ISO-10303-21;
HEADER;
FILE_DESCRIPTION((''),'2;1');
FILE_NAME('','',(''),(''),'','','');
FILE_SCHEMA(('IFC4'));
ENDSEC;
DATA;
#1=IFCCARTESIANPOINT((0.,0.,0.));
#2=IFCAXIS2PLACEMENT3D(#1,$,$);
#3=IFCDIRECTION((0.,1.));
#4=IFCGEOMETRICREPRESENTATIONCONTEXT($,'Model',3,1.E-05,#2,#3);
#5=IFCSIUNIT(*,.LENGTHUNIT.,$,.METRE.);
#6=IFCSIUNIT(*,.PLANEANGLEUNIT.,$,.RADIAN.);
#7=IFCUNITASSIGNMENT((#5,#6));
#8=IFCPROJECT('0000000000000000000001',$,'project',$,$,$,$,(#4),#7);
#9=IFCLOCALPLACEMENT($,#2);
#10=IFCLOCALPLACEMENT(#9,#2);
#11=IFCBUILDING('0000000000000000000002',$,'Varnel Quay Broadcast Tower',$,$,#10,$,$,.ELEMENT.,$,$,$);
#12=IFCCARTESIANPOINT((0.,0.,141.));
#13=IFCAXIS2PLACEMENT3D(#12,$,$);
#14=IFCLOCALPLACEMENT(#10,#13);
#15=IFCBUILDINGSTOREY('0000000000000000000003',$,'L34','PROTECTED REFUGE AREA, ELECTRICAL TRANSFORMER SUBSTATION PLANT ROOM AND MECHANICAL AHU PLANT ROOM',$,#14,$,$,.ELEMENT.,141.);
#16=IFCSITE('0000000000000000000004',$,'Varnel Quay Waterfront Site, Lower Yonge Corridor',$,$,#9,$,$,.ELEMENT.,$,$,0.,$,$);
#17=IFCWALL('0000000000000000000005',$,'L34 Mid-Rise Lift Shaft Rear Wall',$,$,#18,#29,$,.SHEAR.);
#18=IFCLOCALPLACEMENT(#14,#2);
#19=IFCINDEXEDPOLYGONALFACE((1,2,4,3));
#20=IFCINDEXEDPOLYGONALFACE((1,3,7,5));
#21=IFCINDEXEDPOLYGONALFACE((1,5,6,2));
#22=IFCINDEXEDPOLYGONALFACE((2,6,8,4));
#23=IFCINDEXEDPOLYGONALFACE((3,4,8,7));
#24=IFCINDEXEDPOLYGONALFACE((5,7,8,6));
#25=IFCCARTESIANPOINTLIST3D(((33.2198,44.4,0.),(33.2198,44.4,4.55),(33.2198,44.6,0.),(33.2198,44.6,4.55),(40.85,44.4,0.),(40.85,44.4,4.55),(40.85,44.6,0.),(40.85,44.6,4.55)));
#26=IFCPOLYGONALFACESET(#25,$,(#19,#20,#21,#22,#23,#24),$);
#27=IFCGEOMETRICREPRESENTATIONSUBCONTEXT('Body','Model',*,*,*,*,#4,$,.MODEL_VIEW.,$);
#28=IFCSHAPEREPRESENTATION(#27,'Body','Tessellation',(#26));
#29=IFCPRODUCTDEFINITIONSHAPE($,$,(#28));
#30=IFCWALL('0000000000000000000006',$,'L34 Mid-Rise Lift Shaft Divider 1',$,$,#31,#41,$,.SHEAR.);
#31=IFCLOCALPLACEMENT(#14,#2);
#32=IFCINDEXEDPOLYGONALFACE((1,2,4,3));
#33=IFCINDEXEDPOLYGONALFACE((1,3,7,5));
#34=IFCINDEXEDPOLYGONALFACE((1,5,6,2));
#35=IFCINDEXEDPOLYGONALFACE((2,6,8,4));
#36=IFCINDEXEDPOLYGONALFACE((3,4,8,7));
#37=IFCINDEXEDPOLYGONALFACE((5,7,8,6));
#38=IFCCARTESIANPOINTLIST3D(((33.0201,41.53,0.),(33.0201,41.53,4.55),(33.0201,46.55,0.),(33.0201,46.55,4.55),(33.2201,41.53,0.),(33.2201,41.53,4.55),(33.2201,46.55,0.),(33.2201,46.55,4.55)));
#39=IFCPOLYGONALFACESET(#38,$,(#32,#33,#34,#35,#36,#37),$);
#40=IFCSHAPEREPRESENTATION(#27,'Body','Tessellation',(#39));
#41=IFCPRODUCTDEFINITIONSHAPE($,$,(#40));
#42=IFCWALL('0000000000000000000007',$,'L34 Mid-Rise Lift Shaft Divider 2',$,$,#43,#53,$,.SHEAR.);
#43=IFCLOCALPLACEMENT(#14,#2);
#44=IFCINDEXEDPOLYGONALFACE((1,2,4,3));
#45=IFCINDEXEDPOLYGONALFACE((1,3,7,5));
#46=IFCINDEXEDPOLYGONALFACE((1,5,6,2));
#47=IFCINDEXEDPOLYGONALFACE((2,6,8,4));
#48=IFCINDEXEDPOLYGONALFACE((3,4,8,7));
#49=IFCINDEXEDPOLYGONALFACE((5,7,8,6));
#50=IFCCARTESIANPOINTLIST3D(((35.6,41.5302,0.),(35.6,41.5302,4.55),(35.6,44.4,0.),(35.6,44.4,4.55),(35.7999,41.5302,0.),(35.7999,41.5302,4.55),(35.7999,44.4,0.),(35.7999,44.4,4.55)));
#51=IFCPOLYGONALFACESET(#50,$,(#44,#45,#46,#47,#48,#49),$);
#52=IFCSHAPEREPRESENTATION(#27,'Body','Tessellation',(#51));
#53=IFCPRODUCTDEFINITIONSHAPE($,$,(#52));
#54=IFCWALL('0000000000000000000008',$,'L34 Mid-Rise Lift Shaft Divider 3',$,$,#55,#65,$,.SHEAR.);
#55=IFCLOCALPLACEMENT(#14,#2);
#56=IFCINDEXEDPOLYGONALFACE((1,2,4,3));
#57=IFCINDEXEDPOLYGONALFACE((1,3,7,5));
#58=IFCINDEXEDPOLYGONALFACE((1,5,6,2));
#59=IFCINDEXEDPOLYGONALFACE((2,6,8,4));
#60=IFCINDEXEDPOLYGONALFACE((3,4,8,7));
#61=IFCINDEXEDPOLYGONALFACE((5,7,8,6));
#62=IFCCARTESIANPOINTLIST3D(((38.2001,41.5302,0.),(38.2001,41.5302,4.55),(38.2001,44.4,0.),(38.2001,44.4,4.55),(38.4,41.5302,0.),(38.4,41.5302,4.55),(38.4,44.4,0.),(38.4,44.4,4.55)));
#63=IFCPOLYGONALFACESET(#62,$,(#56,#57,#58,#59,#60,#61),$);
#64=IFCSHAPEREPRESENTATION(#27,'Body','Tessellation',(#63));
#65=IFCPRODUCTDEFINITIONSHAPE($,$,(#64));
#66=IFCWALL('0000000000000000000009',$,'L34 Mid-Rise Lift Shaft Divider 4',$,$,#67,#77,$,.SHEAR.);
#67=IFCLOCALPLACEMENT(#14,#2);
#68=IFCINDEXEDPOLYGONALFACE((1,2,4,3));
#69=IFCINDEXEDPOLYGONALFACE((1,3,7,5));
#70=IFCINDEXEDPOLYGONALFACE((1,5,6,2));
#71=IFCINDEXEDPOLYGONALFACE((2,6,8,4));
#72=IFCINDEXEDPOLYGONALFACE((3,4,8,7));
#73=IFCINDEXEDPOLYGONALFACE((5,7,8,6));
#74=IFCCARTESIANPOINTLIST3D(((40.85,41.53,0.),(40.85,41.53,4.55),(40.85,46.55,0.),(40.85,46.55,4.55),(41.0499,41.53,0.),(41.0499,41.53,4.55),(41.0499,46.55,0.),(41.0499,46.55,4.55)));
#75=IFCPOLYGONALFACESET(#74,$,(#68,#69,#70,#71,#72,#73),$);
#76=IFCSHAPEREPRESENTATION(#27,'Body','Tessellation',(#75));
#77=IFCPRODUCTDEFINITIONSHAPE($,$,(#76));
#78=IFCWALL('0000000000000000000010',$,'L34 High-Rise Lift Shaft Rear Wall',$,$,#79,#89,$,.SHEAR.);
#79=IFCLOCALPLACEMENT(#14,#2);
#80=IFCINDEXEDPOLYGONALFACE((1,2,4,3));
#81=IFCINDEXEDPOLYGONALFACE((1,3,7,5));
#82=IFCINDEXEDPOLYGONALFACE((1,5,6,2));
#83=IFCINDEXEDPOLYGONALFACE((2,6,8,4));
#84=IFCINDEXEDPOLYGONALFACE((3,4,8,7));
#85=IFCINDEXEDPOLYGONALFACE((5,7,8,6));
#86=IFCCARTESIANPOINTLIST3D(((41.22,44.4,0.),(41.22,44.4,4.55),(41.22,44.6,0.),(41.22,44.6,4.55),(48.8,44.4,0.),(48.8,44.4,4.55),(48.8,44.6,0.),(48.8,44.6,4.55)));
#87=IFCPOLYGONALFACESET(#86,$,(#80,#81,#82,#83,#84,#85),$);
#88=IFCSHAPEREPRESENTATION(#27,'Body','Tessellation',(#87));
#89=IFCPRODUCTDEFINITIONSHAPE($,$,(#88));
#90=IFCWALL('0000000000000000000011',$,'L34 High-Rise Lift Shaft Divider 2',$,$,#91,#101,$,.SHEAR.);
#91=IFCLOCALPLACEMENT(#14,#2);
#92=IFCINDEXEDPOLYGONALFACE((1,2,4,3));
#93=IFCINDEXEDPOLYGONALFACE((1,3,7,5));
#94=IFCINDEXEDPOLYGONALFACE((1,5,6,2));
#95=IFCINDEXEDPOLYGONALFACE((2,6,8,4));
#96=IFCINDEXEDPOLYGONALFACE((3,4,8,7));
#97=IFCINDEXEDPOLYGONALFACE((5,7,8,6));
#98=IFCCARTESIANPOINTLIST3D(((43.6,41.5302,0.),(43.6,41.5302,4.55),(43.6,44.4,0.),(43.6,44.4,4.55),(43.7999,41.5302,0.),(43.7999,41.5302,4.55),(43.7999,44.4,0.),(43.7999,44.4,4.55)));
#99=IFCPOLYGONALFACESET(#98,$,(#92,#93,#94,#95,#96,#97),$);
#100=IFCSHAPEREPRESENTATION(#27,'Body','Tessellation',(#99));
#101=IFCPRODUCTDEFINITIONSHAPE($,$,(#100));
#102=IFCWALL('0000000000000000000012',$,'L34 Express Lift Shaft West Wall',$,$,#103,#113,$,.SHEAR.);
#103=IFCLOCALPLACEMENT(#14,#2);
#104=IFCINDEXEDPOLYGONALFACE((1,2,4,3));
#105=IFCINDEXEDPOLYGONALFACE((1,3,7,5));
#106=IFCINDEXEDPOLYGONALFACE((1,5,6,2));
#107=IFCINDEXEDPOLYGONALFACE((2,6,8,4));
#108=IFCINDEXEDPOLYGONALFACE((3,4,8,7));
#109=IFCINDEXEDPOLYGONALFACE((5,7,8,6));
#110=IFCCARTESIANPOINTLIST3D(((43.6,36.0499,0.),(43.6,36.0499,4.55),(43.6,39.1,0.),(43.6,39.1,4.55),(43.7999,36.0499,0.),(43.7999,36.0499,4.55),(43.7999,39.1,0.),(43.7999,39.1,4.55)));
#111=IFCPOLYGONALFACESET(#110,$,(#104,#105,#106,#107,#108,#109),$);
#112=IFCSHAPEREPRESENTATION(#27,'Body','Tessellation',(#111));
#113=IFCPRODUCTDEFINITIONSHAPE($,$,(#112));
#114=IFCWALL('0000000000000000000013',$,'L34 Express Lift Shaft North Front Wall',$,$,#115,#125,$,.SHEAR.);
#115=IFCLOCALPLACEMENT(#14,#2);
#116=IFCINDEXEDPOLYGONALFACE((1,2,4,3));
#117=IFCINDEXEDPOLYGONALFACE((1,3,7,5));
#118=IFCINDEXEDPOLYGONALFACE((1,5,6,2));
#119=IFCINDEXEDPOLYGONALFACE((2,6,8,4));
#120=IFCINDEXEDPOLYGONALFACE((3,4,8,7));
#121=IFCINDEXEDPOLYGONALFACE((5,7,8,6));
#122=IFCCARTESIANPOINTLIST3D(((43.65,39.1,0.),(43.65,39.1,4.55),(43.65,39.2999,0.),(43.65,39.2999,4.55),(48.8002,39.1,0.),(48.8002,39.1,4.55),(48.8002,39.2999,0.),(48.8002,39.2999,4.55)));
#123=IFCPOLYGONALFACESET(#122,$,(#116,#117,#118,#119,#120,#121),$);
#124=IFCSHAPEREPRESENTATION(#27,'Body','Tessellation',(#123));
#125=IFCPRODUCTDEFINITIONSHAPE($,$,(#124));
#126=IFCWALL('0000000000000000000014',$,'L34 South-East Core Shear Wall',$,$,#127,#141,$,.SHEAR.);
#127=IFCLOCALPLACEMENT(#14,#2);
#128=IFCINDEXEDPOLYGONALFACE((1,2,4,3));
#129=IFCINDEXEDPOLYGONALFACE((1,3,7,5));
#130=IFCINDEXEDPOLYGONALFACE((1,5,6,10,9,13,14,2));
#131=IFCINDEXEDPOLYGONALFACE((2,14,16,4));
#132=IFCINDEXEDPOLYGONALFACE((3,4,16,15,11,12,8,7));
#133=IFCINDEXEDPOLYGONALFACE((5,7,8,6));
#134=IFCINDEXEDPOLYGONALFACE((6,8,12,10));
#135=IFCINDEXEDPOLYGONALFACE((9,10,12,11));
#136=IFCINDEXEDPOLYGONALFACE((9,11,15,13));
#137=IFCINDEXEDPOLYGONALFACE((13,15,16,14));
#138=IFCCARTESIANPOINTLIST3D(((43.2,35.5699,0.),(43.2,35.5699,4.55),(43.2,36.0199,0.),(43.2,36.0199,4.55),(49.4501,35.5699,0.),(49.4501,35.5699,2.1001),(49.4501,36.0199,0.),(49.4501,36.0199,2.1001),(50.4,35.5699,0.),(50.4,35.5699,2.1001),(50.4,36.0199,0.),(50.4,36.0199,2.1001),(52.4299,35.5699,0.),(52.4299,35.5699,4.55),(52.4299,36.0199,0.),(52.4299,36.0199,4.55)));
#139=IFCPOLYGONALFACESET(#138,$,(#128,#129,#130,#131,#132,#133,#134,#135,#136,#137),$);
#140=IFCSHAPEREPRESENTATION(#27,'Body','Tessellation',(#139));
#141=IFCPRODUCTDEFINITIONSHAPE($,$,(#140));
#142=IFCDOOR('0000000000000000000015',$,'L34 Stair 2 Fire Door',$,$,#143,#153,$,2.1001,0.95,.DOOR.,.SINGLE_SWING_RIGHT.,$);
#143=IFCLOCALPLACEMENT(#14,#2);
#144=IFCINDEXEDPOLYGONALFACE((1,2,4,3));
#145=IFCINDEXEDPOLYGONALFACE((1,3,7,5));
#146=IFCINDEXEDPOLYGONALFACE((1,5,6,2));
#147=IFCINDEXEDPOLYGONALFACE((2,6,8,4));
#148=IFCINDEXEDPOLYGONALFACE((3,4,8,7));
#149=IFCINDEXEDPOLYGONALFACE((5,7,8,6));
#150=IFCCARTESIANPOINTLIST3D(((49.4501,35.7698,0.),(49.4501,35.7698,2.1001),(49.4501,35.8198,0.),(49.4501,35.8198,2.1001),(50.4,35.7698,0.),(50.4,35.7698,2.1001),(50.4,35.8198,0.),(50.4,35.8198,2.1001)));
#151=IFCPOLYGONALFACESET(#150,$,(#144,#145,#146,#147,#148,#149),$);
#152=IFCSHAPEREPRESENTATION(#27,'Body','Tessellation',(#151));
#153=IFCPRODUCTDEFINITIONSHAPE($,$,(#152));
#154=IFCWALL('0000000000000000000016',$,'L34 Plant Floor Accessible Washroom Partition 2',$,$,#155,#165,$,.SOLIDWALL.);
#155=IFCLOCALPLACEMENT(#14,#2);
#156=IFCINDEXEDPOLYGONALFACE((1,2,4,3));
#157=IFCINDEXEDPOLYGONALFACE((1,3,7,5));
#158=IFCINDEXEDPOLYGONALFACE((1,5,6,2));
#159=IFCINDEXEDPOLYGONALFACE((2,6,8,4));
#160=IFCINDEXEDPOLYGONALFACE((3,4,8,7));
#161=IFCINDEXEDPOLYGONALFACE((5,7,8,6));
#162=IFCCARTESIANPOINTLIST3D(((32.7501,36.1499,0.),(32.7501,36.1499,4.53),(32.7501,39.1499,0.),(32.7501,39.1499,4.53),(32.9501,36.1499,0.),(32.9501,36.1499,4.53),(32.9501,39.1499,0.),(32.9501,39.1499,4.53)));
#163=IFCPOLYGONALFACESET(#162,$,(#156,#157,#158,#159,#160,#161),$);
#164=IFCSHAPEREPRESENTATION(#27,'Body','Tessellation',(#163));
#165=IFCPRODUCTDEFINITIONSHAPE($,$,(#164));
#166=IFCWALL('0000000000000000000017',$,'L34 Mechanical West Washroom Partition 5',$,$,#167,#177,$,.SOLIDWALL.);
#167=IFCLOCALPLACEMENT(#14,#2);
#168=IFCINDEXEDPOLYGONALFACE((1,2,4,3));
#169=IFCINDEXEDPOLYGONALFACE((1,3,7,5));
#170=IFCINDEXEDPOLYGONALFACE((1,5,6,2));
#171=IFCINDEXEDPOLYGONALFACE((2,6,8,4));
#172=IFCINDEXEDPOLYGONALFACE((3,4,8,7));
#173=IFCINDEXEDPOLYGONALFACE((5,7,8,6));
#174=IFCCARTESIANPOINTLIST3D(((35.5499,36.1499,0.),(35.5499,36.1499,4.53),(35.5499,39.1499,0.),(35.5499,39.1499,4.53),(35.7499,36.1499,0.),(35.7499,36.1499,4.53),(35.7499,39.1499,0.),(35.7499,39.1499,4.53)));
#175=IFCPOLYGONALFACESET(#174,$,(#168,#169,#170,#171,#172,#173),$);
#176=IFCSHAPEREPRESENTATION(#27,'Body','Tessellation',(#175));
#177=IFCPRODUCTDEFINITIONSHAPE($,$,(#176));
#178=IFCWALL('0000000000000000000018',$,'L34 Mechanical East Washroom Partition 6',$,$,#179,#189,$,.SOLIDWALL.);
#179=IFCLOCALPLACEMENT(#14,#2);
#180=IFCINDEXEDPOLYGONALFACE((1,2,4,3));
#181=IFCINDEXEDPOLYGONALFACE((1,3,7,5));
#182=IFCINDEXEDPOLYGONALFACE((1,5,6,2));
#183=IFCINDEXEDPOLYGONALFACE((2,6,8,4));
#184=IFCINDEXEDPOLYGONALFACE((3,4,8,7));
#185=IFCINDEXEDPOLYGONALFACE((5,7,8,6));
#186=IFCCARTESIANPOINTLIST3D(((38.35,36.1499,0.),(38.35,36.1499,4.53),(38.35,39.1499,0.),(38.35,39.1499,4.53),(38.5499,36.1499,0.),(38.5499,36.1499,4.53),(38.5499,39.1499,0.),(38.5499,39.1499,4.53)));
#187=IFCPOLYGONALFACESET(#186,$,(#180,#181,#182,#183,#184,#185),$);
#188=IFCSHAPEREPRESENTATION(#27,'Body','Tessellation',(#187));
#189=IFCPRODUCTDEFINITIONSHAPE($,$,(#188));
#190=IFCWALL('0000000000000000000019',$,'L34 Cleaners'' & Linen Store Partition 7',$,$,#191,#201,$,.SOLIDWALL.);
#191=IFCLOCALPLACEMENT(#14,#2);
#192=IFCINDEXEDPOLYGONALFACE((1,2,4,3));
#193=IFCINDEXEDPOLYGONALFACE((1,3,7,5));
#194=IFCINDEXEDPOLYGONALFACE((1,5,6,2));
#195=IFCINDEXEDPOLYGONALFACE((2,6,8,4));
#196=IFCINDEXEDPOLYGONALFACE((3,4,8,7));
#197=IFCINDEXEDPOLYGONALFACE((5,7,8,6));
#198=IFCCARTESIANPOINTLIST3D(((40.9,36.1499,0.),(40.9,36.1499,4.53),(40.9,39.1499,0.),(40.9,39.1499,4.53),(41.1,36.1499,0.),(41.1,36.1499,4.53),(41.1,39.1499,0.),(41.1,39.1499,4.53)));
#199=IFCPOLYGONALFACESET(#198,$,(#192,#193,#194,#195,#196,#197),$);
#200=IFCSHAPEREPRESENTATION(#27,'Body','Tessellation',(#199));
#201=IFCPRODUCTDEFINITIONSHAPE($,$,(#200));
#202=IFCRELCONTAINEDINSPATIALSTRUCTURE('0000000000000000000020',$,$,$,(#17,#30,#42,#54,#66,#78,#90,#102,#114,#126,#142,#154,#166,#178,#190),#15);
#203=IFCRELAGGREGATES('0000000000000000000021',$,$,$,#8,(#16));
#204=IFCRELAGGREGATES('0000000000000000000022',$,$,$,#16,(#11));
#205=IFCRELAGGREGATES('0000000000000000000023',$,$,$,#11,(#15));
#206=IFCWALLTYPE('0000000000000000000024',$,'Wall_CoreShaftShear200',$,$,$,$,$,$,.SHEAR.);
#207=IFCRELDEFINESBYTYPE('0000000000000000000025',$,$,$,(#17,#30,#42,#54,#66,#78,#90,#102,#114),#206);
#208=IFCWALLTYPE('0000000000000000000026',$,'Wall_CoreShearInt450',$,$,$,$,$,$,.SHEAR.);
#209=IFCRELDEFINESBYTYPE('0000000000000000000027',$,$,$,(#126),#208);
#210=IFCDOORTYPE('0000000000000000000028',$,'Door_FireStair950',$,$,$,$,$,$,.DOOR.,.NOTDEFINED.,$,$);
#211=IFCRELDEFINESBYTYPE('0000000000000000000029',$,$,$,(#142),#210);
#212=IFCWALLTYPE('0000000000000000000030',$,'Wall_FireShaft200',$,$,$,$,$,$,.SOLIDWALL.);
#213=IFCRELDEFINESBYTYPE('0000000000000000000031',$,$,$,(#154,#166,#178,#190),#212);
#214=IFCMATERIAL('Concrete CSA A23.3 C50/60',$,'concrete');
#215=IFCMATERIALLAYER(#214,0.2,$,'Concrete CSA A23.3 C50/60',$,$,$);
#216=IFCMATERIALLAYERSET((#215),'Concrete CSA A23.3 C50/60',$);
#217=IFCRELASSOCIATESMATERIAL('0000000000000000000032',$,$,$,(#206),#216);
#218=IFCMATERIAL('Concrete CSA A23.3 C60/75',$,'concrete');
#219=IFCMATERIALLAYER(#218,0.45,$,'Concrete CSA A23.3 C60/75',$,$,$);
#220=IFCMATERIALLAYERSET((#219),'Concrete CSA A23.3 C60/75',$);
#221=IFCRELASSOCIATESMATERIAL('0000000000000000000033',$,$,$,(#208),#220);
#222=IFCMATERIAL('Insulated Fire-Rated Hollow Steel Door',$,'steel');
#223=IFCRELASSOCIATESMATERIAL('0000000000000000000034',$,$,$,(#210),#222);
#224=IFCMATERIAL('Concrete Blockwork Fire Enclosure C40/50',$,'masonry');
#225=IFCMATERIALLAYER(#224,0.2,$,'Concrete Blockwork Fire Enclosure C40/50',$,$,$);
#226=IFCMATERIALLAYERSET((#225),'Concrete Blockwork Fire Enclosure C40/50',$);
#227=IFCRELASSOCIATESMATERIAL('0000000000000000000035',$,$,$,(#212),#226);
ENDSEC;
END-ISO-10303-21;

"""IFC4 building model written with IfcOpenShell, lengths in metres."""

from ifc_helpers import new_model, si_unit, direction, frame, frame_2d, origin, place, context, subcontext, project, spatial, rectangle, extrude, source, transform, mapped, material, layer, layer_set, type_object, type_shapes, element, fill, save


model = new_model("IFC4")

# Units and contexts
model_context = context("Model", 3, precision=1e-05, world=origin(), true_north=direction((0.0, 1.0)))
body_context = subcontext(model_context, "Body", "Model", "MODEL_VIEW")
ifc_project = project(units=[si_unit("LENGTHUNIT", "METRE"), si_unit("PLANEANGLEUNIT", "RADIAN")], contexts=[model_context])

# Site, building, storey
site_placement = place(None, origin())
site = spatial("IfcSite", under=ifc_project, at=site_placement, Name="Varnel Quay Waterfront Site, Lower Yonge Corridor", CompositionType="ELEMENT", RefElevation=0.0)
building_placement = place(site_placement, origin())
building = spatial("IfcBuilding", under=site, at=building_placement, Name="Varnel Quay Broadcast Tower", CompositionType="ELEMENT")
storey_placement = place(building_placement, frame((0.0, 0.0, 141.0)))
storey = spatial("IfcBuildingStorey", under=building, at=storey_placement, Name="L34", Description="PROTECTED REFUGE AREA, ELECTRICAL TRANSFORMER SUBSTATION PLANT ROOM AND MECHANICAL AHU PLANT ROOM", CompositionType="ELEMENT", Elevation=141.0)

# Shared definitions
ifc_material_1 = material(Name="Concrete CSA A23.3 C60/75", Category="concrete")

# Walls
ifc_material_2 = material(Name="Concrete CSA A23.3 C50/60", Category="concrete")
ifc_layer_1 = layer(ifc_material_2, 0.2, Name="Concrete CSA A23.3 C50/60")
ifc_layer_set_1 = layer_set([ifc_layer_1], Name="Concrete CSA A23.3 C50/60")
wall_type_1 = type_object("IfcWallType", Name="Wall_CoreShaftShear200", PredefinedType="SHEAR", material=ifc_layer_set_1)
wall_1_placement = place(storey_placement, frame((33.22, 44.5, 0.0), z_axis=(0.0, 0.0, 1.0), x_axis=(1.0, 0.0, 0.0)))
element("IfcWall", 1, at=wall_1_placement, inside=storey, type_object=wall_type_1, Name="L34 Mid-Rise Lift Shaft Rear Wall", PredefinedType="SHEAR", context=body_context, shape_type="SweptSolid", body=[
    extrude(rectangle(XDim=7.6301, YDim=0.2, at=frame_2d((3.8149, 0.0))), origin(), (0.0, 0.0, 1.0), 4.55),
])
wall_2_placement = place(storey_placement, frame((33.1201, 41.53, 0.0), z_axis=(0.0, 0.0, 1.0), x_axis=(0.0, 1.0, 0.0)))
element("IfcWall", 2, at=wall_2_placement, inside=storey, type_object=wall_type_1, Name="L34 Mid-Rise Lift Shaft Divider 1", PredefinedType="SHEAR", context=body_context, shape_type="SweptSolid", body=[
    extrude(rectangle(XDim=5.02, YDim=0.2, at=frame_2d((2.51, 0.0))), origin(), (0.0, 0.0, 1.0), 4.55),
])
for number, where, z_axis, x_axis, name in (
    (3, (35.7, 41.53, 0.0), (0.0, 0.0, 1.0), (0.0, 1.0, 0.0), "L34 Mid-Rise Lift Shaft Divider 2"),
    (4, (38.3, 41.53, 0.0), (0.0, 0.0, 1.0), (0.0, 1.0, 0.0), "L34 Mid-Rise Lift Shaft Divider 3"),
):
    element("IfcWall", number, at=place(storey_placement, frame(where, z_axis=z_axis, x_axis=x_axis)), inside=storey, type_object=wall_type_1, Name=name, PredefinedType="SHEAR", context=body_context, shape_type="SweptSolid", body=[
        extrude(rectangle(XDim=2.8699, YDim=0.2, at=frame_2d((1.4351, 0.0))), origin(), (0.0, 0.0, 1.0), 4.55),
    ])
wall_3_placement = place(storey_placement, frame((40.95, 41.53, 0.0), z_axis=(0.0, 0.0, 1.0), x_axis=(0.0, 1.0, 0.0)))
element("IfcWall", 5, at=wall_3_placement, inside=storey, type_object=wall_type_1, Name="L34 Mid-Rise Lift Shaft Divider 4", PredefinedType="SHEAR", context=body_context, shape_type="SweptSolid", body=[
    extrude(rectangle(XDim=5.02, YDim=0.2, at=frame_2d((2.51, 0.0))), origin(), (0.0, 0.0, 1.0), 4.55),
])
wall_4_placement = place(storey_placement, frame((41.22, 44.5, 0.0), z_axis=(0.0, 0.0, 1.0), x_axis=(1.0, 0.0, 0.0)))
element("IfcWall", 6, at=wall_4_placement, inside=storey, type_object=wall_type_1, Name="L34 High-Rise Lift Shaft Rear Wall", PredefinedType="SHEAR", context=body_context, shape_type="SweptSolid", body=[
    extrude(rectangle(XDim=7.5801, YDim=0.2, at=frame_2d((3.79, 0.0))), origin(), (0.0, 0.0, 1.0), 4.55),
])
wall_5_placement = place(storey_placement, frame((43.7, 41.53, 0.0), z_axis=(0.0, 0.0, 1.0), x_axis=(0.0, 1.0, 0.0)))
element("IfcWall", 7, at=wall_5_placement, inside=storey, type_object=wall_type_1, Name="L34 High-Rise Lift Shaft Divider 2", PredefinedType="SHEAR", context=body_context, shape_type="SweptSolid", body=[
    extrude(rectangle(XDim=2.8699, YDim=0.2, at=frame_2d((1.4351, 0.0))), origin(), (0.0, 0.0, 1.0), 4.55),
])
wall_6_placement = place(storey_placement, frame((43.7, 36.05, 0.0), z_axis=(0.0, 0.0, 1.0), x_axis=(0.0, 1.0, 0.0)))
element("IfcWall", 8, at=wall_6_placement, inside=storey, type_object=wall_type_1, Name="L34 Express Lift Shaft West Wall", PredefinedType="SHEAR", context=body_context, shape_type="SweptSolid", body=[
    extrude(rectangle(XDim=3.05, YDim=0.2, at=frame_2d((1.5249, 0.0))), origin(), (0.0, 0.0, 1.0), 4.55),
])
wall_7_placement = place(storey_placement, frame((43.6499, 39.2, 0.0), z_axis=(0.0, 0.0, 1.0), x_axis=(1.0, 0.0, 0.0)))
element("IfcWall", 9, at=wall_7_placement, inside=storey, type_object=wall_type_1, Name="L34 Express Lift Shaft North Front Wall", PredefinedType="SHEAR", context=body_context, shape_type="SweptSolid", body=[
    extrude(rectangle(XDim=5.1501, YDim=0.2, at=frame_2d((2.5752, 0.0))), origin(), (0.0, 0.0, 1.0), 4.55),
])

# Wall, opening, door
ifc_layer_2 = layer(ifc_material_1, 0.45, Name="Concrete CSA A23.3 C60/75")
ifc_layer_set_2 = layer_set([ifc_layer_2], Name="Concrete CSA A23.3 C60/75")
wall_type_2 = type_object("IfcWallType", Name="Wall_CoreShearInt450", PredefinedType="SHEAR", material=ifc_layer_set_2)
wall_8_placement = place(storey_placement, frame((43.2, 35.7949, 0.0), z_axis=(0.0, 0.0, 1.0), x_axis=(1.0, 0.0, 0.0)))
wall_8 = element("IfcWall", 10, at=wall_8_placement, inside=storey, type_object=wall_type_2, Name="L34 South-East Core Shear Wall", PredefinedType="SHEAR", context=body_context, shape_type="SweptSolid", body=[
    extrude(rectangle(XDim=9.23, YDim=0.45, at=frame_2d((4.615, 0.0))), origin(), (0.0, 0.0, 1.0), 4.55),
])
opening_1_placement = place(wall_8_placement, frame((6.25, 0.0, 0.0)))
opening_1 = element("IfcOpeningElement", 11, at=opening_1_placement, cuts=wall_8, PredefinedType="OPENING", context=body_context, shape_type="SweptSolid", body=[
    extrude(rectangle(XDim=0.95, YDim=2.1001, at=frame_2d((0.4751, 1.05))), frame((0.0, 0.2349, 0.0), z_axis=(0.0, -1.0, 0.0), x_axis=(1.0, 0.0, 0.0)), (0.0, 0.0, 1.0), 0.47),
])
ifc_material_3 = material(Name="Insulated Fire-Rated Hollow Steel Door", Category="steel")
door_type_1 = type_object("IfcDoorType", Name="Door_FireStair950", OperationType="NOTDEFINED", PredefinedType="DOOR", material=ifc_material_3)
shared_shape_1 = source(origin(), body_context, "Body", "SweptSolid", [
    extrude(rectangle(XDim=0.95, YDim=2.1001, at=frame_2d((0.4751, 1.05))), frame((0.0, 0.0249, 0.0), z_axis=(0.0, -1.0, 0.0), x_axis=(1.0, 0.0, 0.0)), (0.0, 0.0, 1.0), 0.05),
])
type_shapes(door_type_1, [shared_shape_1])
door_1_placement = place(opening_1_placement, origin())
door_1 = element("IfcDoor", 12, at=door_1_placement, inside=storey, type_object=door_type_1, Name="L34 Stair 2 Fire Door", OperationType="SINGLE_SWING_RIGHT", OverallHeight=2.1001, OverallWidth=0.95, PredefinedType="DOOR", context=body_context, shape_type="MappedRepresentation", body=[
    mapped(shared_shape_1, transform((0.0, 0.0, 0.0), x_axis=(1.0, 0.0, 0.0), y_axis=(0.0, 1.0, 0.0), z_axis=(0.0, 0.0, 1.0), scale=1.0)),
])
fill(opening_1, door_1)

# Walls
ifc_material_4 = material(Name="Concrete Blockwork Fire Enclosure C40/50", Category="masonry")
ifc_layer_3 = layer(ifc_material_4, 0.2, Name="Concrete Blockwork Fire Enclosure C40/50")
ifc_layer_set_3 = layer_set([ifc_layer_3], Name="Concrete Blockwork Fire Enclosure C40/50")
wall_type_3 = type_object("IfcWallType", Name="Wall_FireShaft200", PredefinedType="SOLIDWALL", material=ifc_layer_set_3)
for number, where, z_axis, x_axis, name in (
    (13, (32.8501, 36.1499, 0.0), (0.0, 0.0, 1.0), (0.0, 1.0, 0.0), "L34 Plant Floor Accessible Washroom Partition 2"),
    (14, (35.6499, 36.1499, 0.0), (0.0, 0.0, 1.0), (0.0, 1.0, 0.0), "L34 Mechanical West Washroom Partition 5"),
    (15, (38.45, 36.1499, 0.0), (0.0, 0.0, 1.0), (0.0, 1.0, 0.0), "L34 Mechanical East Washroom Partition 6"),
    (16, (41.0, 36.1499, 0.0), (0.0, 0.0, 1.0), (0.0, 1.0, 0.0), "L34 Cleaners' & Linen Store Partition 7"),
):
    element("IfcWall", number, at=place(storey_placement, frame(where, z_axis=z_axis, x_axis=x_axis)), inside=storey, type_object=wall_type_3, Name=name, PredefinedType="SOLIDWALL", context=body_context, shape_type="SweptSolid", body=[
        extrude(rectangle(XDim=3.0, YDim=0.2, at=frame_2d((1.5, 0.0))), origin(), (0.0, 0.0, 1.0), 4.53),
    ])

save(model, "model.ifc")
